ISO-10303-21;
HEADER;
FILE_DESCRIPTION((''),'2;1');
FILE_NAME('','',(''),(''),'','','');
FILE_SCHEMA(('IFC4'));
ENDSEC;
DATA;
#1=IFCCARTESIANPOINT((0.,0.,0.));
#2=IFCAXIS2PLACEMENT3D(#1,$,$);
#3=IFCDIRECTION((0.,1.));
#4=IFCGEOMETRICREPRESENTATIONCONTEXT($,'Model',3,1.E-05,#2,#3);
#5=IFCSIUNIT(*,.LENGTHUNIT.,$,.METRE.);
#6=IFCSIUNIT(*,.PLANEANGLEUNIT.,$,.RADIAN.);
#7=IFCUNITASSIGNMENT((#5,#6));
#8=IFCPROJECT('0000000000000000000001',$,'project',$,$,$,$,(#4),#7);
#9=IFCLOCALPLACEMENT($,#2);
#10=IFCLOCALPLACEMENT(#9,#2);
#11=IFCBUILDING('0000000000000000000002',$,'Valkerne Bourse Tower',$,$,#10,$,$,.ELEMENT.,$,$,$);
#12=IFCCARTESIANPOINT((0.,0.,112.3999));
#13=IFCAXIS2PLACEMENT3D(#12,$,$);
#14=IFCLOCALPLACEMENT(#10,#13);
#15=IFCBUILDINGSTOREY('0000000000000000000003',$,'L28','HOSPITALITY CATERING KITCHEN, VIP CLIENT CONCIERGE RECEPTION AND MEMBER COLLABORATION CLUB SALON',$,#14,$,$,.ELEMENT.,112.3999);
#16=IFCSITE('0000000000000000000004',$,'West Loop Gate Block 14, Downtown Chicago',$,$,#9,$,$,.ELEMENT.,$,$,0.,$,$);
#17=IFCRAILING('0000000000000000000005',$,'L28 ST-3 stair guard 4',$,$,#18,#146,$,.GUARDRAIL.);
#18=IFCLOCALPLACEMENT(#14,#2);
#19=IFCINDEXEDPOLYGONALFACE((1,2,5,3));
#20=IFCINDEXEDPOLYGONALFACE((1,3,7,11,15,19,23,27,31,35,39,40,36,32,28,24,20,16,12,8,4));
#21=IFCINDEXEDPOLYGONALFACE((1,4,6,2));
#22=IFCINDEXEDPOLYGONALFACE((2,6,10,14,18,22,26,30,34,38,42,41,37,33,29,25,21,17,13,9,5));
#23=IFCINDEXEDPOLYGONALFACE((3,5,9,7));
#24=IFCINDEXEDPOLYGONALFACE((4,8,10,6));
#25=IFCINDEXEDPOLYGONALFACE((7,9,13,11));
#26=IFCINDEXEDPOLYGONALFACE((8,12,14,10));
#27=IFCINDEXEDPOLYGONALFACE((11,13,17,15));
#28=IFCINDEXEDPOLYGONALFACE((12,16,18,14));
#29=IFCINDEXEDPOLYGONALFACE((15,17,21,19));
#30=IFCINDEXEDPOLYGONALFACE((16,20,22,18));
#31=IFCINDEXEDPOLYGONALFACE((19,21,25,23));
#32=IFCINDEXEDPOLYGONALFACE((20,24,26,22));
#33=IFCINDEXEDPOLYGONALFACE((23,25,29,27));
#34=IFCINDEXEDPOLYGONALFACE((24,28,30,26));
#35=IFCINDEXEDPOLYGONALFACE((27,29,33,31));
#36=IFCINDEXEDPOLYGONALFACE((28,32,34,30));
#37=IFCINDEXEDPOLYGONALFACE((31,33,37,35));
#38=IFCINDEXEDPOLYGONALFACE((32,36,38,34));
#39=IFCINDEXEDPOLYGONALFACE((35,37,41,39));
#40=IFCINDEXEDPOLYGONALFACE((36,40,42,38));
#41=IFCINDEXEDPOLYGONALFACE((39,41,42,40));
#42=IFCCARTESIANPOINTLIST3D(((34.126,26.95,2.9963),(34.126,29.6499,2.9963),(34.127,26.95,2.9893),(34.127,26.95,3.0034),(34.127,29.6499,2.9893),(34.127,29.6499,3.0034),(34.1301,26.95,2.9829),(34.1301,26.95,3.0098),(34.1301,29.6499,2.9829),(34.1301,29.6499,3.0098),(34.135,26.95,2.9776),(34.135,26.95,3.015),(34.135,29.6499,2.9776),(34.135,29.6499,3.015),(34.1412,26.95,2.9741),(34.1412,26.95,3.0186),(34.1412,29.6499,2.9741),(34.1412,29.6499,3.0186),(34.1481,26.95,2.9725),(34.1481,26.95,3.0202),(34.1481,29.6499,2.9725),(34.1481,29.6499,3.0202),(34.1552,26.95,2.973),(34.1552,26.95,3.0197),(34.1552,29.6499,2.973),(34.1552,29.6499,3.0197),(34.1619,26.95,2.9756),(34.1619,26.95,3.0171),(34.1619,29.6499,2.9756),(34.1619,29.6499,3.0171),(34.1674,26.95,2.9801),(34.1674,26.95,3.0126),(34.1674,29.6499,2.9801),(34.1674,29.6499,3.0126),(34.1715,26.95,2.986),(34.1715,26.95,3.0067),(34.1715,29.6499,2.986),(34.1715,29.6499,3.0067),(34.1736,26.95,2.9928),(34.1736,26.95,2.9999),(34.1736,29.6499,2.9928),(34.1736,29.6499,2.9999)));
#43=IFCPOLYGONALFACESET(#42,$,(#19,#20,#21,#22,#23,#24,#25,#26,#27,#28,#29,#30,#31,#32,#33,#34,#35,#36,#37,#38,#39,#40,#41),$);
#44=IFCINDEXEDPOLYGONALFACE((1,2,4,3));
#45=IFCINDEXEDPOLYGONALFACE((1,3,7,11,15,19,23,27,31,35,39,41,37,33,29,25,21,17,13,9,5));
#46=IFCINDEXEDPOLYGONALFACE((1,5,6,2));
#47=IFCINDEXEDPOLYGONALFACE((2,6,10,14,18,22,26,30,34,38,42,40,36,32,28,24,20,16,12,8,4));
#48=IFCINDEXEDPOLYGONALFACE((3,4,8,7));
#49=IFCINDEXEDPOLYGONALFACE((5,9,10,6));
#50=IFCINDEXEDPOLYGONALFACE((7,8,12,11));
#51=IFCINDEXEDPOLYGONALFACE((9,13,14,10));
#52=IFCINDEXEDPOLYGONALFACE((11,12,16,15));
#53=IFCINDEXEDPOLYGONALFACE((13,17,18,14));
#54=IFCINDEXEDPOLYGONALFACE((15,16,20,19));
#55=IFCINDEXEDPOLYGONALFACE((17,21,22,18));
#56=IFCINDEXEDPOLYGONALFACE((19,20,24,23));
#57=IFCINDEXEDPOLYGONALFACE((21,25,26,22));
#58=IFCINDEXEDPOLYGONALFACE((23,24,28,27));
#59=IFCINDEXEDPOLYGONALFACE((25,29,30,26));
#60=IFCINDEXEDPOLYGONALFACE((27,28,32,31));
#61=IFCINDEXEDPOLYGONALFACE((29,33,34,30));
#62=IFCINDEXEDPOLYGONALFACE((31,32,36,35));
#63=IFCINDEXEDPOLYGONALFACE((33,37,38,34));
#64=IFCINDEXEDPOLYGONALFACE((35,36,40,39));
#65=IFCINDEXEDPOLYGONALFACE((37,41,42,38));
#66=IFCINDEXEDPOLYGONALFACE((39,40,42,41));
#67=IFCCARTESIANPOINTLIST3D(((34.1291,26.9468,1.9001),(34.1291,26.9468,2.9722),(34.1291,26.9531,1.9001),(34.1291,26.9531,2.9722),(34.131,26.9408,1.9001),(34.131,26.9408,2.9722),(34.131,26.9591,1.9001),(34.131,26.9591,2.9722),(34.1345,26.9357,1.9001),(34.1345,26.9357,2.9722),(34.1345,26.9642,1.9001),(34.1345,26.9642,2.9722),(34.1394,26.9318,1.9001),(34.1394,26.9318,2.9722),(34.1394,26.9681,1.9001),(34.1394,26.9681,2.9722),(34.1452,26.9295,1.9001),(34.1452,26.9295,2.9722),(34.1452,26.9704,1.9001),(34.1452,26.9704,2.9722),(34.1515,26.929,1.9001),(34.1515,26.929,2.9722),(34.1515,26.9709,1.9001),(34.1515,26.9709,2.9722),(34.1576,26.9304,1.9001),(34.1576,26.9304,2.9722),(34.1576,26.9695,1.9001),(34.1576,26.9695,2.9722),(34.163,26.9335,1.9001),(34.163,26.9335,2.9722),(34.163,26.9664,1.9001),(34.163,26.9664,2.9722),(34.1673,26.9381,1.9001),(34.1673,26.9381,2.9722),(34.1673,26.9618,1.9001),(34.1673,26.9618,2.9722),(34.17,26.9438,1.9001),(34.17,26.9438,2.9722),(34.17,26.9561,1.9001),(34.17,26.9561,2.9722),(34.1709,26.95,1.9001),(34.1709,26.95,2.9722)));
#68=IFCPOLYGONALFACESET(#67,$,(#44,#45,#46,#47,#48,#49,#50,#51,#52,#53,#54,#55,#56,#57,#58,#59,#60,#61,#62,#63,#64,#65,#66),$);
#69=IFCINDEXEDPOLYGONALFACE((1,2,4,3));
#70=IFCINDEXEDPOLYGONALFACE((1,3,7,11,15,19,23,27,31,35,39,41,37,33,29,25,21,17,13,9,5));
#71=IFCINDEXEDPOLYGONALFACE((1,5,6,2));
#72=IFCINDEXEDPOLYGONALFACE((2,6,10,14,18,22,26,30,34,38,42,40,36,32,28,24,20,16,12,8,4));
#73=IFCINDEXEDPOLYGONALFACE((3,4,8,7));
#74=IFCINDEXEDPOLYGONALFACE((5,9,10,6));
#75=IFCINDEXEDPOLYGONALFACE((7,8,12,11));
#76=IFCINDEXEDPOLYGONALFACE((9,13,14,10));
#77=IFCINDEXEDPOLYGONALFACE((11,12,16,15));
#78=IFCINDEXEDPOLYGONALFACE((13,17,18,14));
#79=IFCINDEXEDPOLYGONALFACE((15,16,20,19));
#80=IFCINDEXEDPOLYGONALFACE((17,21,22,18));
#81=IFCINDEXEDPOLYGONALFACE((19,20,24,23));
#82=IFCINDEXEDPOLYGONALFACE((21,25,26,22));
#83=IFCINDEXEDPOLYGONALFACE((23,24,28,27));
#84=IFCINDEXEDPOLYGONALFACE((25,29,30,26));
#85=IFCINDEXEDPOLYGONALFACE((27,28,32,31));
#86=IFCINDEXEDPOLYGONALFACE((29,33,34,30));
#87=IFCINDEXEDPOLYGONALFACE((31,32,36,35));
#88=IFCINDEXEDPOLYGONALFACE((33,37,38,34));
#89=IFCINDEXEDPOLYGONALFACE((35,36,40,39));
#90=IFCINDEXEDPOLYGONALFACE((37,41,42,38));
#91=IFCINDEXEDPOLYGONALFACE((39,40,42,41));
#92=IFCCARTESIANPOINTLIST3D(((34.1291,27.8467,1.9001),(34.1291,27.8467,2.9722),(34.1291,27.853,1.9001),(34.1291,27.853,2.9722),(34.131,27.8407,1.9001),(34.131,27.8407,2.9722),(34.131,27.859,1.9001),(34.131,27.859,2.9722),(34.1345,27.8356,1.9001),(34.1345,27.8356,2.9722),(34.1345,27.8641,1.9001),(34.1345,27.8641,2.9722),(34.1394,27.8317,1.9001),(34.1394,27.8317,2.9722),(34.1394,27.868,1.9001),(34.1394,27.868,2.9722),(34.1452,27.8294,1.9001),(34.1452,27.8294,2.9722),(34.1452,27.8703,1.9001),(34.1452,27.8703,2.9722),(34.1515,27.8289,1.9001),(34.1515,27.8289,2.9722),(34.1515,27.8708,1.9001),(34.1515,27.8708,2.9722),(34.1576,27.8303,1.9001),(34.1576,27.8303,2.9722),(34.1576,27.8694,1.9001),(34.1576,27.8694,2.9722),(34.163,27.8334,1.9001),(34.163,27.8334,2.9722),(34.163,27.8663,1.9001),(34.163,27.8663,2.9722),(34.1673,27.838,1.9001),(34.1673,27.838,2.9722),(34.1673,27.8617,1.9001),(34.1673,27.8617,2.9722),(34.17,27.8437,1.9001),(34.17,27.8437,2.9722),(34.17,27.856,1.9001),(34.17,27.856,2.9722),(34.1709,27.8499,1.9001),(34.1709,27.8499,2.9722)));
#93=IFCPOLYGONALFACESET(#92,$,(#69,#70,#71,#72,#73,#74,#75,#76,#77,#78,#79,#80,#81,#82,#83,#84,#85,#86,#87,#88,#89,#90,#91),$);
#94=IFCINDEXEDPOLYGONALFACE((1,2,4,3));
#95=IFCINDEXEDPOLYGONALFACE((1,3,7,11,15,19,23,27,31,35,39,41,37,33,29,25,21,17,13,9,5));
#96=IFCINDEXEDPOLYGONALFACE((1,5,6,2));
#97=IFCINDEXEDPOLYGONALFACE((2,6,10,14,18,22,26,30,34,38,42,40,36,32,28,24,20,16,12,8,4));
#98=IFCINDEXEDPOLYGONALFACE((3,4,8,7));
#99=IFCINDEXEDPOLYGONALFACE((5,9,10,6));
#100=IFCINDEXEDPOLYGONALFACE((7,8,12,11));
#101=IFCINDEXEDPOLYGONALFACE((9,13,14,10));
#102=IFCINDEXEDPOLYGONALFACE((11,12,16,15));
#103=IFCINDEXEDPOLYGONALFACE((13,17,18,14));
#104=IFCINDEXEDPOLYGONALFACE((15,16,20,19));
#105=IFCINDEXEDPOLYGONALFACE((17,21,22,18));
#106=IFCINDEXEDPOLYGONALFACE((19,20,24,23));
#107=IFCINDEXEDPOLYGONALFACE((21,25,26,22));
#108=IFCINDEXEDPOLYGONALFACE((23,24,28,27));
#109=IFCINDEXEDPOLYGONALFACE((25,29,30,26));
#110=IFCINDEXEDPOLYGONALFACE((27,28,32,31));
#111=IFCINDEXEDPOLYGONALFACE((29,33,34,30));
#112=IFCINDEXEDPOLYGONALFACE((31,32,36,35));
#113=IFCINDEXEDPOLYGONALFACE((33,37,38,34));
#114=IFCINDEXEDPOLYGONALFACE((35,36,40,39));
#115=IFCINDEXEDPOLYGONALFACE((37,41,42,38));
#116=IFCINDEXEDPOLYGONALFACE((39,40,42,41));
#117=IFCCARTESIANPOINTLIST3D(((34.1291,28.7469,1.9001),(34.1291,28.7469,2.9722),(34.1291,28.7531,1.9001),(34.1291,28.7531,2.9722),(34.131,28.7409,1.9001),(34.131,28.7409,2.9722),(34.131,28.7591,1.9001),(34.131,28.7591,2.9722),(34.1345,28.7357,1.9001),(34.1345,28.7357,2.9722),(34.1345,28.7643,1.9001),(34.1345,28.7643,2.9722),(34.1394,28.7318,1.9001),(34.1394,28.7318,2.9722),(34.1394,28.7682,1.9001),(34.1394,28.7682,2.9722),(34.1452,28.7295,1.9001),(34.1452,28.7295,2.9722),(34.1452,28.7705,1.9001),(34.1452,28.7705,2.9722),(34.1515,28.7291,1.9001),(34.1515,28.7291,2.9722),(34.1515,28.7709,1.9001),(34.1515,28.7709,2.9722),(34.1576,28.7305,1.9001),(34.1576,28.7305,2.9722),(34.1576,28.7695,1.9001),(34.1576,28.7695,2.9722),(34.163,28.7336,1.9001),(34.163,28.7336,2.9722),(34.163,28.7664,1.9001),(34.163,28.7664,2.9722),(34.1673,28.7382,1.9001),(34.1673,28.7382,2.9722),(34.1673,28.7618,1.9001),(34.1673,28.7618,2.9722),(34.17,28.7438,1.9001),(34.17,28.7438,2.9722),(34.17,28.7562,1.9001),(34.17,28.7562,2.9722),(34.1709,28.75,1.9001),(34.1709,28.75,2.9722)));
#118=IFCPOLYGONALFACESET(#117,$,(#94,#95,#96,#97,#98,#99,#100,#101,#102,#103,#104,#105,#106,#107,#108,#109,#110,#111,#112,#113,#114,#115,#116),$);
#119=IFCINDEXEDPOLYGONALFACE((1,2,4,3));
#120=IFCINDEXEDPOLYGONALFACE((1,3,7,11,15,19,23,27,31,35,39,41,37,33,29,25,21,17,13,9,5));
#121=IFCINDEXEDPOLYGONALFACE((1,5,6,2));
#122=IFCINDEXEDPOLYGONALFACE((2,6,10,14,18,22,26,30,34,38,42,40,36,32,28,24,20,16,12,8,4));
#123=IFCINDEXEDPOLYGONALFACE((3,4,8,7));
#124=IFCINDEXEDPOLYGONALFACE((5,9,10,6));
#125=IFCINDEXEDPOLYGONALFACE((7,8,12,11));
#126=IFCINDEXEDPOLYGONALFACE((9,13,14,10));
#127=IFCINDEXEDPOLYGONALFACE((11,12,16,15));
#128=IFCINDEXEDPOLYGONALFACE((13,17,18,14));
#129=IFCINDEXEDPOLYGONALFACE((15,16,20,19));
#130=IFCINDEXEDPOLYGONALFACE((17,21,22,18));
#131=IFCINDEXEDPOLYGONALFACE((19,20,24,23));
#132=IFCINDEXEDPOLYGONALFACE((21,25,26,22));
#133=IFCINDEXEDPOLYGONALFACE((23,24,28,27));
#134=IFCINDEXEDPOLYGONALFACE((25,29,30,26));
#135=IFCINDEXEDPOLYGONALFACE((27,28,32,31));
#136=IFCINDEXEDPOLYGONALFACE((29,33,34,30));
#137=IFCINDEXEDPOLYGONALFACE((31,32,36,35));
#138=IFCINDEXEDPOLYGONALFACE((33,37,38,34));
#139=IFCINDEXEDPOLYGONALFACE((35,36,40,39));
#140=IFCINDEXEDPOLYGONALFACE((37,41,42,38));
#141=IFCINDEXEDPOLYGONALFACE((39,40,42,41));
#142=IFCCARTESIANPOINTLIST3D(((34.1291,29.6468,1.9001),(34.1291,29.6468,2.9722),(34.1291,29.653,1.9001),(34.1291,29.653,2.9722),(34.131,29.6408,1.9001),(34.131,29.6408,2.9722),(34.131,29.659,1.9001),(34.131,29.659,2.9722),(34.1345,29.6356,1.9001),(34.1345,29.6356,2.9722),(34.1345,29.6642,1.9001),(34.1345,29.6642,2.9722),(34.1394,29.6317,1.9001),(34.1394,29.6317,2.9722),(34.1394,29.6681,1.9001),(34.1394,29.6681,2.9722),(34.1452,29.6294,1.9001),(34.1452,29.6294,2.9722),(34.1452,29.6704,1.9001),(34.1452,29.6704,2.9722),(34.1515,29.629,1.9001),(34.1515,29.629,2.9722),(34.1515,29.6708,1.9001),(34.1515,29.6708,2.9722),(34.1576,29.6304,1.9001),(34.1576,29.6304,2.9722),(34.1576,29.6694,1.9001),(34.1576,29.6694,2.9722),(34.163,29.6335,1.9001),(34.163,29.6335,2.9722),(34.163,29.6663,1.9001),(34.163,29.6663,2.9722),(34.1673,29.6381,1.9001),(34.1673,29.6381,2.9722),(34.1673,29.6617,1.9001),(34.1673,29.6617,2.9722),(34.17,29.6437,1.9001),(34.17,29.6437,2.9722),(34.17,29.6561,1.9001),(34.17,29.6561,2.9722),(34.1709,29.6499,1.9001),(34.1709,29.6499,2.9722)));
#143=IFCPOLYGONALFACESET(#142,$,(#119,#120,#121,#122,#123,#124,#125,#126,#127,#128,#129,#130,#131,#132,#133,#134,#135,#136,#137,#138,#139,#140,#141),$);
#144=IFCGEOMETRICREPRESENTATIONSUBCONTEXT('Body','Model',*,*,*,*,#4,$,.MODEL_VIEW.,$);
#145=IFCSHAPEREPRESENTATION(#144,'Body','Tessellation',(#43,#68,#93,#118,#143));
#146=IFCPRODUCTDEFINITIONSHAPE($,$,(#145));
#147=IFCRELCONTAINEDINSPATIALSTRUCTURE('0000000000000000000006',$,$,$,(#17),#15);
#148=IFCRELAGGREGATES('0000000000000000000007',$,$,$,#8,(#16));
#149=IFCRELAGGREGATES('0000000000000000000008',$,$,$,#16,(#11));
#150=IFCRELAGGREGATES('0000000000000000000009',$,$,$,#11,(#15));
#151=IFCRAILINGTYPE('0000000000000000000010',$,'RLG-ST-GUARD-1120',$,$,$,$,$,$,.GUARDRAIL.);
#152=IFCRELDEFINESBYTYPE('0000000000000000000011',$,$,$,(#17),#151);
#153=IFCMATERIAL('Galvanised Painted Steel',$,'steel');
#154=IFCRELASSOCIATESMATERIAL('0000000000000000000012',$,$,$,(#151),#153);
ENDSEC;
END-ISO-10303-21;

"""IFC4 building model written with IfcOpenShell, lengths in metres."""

from ifc_helpers import new_model, si_unit, direction, frame, origin, origin_2d, place, context, subcontext, project, spatial, circle, extrude, material, type_object, element, save


model = new_model("IFC4")

# Units and contexts
model_context = context("Model", 3, precision=1e-05, world=origin(), true_north=direction((0.0, 1.0)))
body_context = subcontext(model_context, "Body", "Model", "MODEL_VIEW")
ifc_project = project(units=[si_unit("LENGTHUNIT", "METRE"), si_unit("PLANEANGLEUNIT", "RADIAN")], contexts=[model_context])

# Site, building, storey
site_placement = place(None, origin())
site = spatial("IfcSite", under=ifc_project, at=site_placement, Name="West Loop Gate Block 14, Downtown Chicago", CompositionType="ELEMENT", RefElevation=0.0)
building_placement = place(site_placement, origin())
building = spatial("IfcBuilding", under=site, at=building_placement, Name="Valkerne Bourse Tower", CompositionType="ELEMENT")
storey_placement = place(building_placement, frame((0.0, 0.0, 112.3999)))
storey = spatial("IfcBuildingStorey", under=building, at=storey_placement, Name="L28", Description="HOSPITALITY CATERING KITCHEN, VIP CLIENT CONCIERGE RECEPTION AND MEMBER COLLABORATION CLUB SALON", CompositionType="ELEMENT", Elevation=112.3999)

# Railing
ifc_material_1 = material(Name="Galvanised Painted Steel", Category="steel")
railing_type_1 = type_object("IfcRailingType", Name="RLG-ST-GUARD-1120", PredefinedType="GUARDRAIL", material=ifc_material_1)
for number, where, name in (
    (1, (34.1499, 26.95, 1.9001), "L28 ST-3 stair guard 4"),
):
    element("IfcRailing", number, at=place(storey_placement, frame(where)), inside=storey, type_object=railing_type_1, Name=name, PredefinedType="GUARDRAIL", context=body_context, shape_type="SweptSolid", body=[
        extrude(circle(Radius=0.0239, at=origin_2d()), frame((0.0, 0.0, 1.0962), z_axis=(0.0, 1.0, 0.0), x_axis=(-1.0, 0.0, 0.0)), (0.0, 0.0, 1.0), 2.7),
        extrude(circle(Radius=0.021, at=origin_2d()), origin(), (0.0, 0.0, 1.0), 1.072),
        extrude(circle(Radius=0.021, at=origin_2d()), frame((0.0, 0.8999, 0.0)), (0.0, 0.0, 1.0), 1.072),
        extrude(circle(Radius=0.021, at=origin_2d()), frame((0.0, 1.8, 0.0)), (0.0, 0.0, 1.0), 1.072),
        extrude(circle(Radius=0.021, at=origin_2d()), frame((0.0, 2.7, 0.0)), (0.0, 0.0, 1.0), 1.072),
    ])

save(model, "model.ifc")
